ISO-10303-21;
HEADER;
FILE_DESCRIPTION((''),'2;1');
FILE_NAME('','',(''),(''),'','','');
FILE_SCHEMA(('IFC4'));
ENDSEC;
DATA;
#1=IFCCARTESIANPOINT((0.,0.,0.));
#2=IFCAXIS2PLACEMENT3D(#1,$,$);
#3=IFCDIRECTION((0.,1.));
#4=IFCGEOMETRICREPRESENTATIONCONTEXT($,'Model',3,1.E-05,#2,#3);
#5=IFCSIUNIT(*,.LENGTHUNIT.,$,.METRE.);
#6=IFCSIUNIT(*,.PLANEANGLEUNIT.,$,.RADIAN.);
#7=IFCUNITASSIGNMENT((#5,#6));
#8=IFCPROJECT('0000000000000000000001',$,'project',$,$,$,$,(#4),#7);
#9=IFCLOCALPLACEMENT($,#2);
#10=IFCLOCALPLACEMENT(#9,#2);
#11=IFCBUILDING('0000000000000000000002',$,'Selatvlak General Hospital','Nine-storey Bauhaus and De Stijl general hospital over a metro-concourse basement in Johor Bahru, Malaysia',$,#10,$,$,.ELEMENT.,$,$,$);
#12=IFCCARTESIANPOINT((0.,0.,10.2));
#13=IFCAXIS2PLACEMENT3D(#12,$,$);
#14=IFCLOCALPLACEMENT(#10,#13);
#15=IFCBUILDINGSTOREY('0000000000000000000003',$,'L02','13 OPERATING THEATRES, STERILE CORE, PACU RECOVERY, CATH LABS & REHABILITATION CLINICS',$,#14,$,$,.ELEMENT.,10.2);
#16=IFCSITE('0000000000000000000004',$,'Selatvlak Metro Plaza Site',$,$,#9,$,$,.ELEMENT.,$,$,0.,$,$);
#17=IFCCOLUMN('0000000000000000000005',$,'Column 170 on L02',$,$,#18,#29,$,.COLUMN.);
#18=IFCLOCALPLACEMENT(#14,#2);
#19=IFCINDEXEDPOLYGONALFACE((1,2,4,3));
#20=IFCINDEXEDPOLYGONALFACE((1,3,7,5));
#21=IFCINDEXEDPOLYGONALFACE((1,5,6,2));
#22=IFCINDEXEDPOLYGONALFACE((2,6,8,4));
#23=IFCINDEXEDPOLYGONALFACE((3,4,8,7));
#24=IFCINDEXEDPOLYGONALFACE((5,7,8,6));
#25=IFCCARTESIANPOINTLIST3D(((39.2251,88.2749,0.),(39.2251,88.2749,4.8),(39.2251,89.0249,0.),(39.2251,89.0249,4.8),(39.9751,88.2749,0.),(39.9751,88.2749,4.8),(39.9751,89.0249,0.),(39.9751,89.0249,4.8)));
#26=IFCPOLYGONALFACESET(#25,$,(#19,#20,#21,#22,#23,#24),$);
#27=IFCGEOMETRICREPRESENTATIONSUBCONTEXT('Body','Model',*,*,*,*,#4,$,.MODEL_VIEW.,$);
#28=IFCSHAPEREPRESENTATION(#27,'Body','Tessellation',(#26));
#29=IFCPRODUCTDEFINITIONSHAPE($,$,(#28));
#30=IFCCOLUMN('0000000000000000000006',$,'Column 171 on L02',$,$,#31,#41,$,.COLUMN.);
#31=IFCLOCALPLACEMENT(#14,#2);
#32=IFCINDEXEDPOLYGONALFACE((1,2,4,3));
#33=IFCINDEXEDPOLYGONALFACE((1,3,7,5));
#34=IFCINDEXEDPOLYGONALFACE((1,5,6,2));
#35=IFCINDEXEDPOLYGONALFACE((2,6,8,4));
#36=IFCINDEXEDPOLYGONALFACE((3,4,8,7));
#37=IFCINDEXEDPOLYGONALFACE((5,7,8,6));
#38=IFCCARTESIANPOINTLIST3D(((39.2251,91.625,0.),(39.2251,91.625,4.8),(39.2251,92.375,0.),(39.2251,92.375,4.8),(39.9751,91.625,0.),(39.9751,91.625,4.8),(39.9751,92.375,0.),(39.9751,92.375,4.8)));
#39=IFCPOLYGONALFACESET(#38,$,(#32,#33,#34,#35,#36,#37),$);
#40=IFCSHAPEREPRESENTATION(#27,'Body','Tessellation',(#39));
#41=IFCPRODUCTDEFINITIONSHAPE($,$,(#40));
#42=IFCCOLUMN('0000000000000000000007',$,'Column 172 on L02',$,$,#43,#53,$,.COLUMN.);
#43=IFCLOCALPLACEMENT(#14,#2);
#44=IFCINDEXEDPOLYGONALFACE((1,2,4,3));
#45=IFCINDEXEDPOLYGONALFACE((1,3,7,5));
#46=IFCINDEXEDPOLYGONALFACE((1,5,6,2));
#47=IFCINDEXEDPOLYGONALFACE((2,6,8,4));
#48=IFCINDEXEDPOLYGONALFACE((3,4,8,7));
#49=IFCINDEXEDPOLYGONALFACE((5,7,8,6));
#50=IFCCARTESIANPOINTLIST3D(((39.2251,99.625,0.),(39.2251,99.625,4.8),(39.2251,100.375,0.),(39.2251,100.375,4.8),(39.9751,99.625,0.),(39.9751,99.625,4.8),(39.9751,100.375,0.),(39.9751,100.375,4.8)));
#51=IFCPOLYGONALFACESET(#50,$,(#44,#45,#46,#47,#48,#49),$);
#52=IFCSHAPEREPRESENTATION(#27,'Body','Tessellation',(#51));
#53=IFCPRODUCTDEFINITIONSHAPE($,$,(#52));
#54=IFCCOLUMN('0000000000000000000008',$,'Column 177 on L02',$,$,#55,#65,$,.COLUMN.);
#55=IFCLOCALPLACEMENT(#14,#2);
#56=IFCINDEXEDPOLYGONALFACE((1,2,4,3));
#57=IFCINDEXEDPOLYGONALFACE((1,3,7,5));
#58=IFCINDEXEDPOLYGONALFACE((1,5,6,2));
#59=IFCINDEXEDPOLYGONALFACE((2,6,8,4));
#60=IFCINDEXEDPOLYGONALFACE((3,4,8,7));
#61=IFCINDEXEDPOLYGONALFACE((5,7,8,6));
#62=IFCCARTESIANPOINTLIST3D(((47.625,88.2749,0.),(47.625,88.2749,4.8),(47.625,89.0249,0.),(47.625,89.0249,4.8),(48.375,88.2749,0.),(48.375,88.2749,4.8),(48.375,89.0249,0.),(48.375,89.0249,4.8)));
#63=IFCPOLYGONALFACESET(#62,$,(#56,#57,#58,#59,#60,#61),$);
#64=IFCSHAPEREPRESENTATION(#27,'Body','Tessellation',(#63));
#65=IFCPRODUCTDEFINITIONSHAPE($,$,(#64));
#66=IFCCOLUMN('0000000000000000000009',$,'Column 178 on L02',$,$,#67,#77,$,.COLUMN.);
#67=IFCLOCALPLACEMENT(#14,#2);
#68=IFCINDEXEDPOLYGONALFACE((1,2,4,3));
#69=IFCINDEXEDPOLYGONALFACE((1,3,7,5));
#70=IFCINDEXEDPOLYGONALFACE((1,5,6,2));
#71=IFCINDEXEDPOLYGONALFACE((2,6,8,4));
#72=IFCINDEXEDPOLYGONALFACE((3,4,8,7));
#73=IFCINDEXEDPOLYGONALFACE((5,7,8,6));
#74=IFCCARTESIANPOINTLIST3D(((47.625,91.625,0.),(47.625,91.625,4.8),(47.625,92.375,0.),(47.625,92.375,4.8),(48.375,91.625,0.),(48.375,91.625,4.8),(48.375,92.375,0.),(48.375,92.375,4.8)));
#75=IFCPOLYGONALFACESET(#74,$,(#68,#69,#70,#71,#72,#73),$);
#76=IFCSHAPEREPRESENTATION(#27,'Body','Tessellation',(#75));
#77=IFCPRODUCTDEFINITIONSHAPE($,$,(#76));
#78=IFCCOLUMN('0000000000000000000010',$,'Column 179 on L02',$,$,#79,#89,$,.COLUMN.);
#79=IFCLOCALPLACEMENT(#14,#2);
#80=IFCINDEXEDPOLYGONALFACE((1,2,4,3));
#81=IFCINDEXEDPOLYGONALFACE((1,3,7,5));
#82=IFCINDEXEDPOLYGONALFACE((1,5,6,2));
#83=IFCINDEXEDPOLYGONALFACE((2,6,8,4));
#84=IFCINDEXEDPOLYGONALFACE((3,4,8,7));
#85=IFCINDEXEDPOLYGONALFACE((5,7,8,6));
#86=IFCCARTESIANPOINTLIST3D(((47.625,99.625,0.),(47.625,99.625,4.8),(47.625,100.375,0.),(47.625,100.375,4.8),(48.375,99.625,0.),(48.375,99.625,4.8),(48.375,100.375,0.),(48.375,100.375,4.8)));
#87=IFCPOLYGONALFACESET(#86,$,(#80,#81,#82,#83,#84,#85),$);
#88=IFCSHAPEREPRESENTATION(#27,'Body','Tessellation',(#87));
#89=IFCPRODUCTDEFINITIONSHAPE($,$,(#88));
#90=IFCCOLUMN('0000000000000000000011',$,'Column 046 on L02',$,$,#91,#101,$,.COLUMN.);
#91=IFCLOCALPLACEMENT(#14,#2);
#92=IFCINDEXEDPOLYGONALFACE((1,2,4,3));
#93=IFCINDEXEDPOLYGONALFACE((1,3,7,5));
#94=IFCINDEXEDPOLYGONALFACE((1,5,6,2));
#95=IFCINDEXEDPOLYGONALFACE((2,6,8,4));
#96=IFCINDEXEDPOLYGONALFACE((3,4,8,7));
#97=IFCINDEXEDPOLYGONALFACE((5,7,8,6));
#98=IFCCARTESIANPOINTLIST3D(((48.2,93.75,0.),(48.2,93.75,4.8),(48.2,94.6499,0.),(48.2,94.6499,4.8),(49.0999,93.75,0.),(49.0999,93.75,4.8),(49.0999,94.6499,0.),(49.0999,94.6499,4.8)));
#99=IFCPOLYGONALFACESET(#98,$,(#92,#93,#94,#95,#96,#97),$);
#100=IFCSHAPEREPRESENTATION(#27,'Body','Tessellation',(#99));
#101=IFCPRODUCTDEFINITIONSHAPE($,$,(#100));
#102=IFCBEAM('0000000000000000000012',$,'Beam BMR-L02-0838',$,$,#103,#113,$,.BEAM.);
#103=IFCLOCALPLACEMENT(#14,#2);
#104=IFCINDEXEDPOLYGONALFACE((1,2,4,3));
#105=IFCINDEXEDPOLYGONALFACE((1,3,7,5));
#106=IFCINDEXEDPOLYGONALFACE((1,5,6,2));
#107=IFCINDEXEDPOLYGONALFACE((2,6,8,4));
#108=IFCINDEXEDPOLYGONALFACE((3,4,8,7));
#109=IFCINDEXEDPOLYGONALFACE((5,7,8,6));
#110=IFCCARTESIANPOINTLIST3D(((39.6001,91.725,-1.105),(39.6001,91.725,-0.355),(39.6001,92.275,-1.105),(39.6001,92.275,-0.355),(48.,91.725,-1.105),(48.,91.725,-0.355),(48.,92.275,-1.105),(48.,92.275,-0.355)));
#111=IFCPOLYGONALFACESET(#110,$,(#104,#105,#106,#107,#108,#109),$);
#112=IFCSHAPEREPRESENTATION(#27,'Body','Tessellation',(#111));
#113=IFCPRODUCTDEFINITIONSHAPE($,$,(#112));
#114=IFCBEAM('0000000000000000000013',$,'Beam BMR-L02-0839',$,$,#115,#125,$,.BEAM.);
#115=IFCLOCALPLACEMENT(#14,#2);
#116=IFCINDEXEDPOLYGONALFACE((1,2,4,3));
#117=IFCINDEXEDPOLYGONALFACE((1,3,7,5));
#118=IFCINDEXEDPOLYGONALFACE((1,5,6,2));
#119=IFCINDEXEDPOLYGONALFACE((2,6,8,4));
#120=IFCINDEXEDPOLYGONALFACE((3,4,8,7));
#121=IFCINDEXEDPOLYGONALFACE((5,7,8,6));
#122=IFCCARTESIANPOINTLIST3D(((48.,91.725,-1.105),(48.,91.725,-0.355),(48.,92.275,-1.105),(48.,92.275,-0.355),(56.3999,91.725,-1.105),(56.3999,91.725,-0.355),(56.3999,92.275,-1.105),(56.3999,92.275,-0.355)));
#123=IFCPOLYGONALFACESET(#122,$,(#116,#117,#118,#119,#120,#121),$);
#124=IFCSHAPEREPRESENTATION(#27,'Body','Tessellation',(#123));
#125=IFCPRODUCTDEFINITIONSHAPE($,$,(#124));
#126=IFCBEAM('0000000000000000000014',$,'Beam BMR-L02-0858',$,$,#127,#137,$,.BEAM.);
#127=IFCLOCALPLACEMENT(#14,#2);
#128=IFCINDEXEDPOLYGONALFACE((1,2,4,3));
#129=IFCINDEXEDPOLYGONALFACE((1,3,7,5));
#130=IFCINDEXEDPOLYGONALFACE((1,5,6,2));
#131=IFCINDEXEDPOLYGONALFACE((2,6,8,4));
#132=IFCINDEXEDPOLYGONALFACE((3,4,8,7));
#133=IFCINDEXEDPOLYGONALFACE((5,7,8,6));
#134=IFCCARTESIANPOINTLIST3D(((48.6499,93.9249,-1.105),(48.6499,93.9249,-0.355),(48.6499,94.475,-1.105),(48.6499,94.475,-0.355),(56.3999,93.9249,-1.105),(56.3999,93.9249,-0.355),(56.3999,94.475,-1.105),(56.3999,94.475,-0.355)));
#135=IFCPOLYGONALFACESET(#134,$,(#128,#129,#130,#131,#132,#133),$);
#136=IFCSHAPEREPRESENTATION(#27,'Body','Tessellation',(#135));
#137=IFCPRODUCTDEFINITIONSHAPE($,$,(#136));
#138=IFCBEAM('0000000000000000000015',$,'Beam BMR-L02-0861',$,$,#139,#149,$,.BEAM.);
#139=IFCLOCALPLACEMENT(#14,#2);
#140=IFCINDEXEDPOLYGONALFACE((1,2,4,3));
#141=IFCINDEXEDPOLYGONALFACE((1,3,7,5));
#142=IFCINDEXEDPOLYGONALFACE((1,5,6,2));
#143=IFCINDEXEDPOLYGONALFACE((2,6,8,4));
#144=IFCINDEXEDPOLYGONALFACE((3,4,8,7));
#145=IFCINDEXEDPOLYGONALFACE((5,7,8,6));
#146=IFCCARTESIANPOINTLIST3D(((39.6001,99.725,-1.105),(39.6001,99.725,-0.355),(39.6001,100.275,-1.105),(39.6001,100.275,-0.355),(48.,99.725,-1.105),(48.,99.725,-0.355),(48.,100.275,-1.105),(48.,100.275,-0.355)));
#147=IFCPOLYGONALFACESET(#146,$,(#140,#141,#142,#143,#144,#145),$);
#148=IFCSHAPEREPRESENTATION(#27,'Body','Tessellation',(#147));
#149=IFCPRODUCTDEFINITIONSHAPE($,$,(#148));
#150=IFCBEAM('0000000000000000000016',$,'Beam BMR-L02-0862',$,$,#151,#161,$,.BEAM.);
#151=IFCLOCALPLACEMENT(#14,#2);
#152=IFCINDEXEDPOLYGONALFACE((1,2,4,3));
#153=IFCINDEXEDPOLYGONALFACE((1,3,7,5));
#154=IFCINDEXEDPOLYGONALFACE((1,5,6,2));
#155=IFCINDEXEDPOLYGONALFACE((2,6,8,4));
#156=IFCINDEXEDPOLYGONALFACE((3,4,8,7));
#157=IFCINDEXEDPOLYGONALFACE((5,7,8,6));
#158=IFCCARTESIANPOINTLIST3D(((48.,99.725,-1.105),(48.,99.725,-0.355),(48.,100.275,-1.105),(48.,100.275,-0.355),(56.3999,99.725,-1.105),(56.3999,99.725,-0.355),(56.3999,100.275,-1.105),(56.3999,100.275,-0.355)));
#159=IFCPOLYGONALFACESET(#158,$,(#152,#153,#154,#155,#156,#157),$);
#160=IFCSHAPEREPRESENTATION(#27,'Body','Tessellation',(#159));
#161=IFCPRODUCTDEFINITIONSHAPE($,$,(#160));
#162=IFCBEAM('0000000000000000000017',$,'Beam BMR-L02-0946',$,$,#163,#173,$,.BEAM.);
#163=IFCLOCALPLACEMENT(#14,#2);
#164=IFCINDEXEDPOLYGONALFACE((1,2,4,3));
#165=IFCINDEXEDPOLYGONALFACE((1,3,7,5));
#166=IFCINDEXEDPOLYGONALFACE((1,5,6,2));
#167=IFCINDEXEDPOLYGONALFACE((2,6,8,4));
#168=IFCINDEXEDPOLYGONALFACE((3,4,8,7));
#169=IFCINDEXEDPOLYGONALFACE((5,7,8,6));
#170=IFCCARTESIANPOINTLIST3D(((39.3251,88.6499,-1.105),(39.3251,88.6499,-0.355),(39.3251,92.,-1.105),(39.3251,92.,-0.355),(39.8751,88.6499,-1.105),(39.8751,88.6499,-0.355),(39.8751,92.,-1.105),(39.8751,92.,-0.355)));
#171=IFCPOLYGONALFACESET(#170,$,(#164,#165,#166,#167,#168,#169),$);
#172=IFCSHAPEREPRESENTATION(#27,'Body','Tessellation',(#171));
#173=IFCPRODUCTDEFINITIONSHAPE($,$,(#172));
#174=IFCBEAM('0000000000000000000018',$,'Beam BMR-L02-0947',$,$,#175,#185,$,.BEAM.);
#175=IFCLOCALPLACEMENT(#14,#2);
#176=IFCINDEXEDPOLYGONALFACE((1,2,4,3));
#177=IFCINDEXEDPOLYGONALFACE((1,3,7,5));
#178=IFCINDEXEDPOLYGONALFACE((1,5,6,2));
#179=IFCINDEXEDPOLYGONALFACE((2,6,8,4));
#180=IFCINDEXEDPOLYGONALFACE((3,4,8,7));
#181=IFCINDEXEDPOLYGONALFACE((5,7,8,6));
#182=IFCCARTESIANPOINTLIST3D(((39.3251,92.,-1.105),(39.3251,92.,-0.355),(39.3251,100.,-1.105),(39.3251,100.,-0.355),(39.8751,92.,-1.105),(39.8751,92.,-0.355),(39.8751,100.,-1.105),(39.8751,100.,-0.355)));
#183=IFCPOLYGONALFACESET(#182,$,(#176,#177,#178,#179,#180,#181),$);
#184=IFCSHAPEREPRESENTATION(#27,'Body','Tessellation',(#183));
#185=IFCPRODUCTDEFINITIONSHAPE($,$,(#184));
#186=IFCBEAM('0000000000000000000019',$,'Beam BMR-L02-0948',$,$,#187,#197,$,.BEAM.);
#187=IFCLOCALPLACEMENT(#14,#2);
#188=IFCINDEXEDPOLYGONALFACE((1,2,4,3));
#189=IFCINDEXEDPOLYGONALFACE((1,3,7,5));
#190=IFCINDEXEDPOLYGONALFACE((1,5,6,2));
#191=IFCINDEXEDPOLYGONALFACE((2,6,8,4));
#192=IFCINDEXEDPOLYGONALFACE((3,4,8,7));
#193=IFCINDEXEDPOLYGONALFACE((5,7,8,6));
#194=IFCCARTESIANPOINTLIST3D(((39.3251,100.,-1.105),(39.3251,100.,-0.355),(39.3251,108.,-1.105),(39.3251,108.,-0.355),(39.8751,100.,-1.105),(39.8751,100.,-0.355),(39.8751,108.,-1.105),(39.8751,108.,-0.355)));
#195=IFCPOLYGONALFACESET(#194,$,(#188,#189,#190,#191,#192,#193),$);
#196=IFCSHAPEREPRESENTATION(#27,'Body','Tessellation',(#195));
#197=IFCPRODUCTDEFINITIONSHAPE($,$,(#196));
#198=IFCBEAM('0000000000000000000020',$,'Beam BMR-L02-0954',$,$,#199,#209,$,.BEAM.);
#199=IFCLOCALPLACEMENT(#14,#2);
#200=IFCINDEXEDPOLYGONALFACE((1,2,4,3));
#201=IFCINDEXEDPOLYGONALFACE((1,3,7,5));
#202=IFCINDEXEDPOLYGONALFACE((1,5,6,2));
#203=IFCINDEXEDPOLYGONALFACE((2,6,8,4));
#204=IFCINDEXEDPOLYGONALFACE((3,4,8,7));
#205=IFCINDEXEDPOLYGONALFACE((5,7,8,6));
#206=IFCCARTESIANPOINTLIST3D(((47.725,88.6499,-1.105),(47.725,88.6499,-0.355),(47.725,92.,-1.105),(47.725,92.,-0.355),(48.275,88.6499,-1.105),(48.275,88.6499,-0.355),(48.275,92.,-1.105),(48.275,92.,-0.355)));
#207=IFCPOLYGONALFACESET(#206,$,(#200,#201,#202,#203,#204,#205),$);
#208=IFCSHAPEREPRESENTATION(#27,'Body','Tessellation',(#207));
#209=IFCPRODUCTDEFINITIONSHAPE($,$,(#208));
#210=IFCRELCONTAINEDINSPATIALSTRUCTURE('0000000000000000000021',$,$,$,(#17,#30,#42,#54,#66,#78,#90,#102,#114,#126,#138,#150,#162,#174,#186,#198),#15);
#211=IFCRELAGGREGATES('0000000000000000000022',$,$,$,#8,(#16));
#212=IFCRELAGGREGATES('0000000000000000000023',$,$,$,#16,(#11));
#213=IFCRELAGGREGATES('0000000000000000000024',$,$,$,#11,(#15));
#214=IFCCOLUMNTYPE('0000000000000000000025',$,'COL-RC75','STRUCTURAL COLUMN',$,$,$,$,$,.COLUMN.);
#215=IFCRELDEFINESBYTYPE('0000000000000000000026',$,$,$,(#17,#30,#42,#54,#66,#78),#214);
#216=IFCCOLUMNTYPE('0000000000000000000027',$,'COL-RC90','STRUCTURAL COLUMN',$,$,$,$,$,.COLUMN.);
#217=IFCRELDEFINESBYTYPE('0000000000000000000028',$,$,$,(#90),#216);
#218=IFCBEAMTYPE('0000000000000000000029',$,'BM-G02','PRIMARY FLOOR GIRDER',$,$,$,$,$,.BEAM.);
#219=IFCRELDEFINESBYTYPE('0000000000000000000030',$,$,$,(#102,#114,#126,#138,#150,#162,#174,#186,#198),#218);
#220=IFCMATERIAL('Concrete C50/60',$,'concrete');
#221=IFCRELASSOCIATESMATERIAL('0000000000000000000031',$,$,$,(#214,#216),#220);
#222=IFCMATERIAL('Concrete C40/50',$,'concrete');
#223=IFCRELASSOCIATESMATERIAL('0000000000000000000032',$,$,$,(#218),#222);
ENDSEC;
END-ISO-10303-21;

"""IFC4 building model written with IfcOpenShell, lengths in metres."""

from ifc_helpers import new_model, si_unit, direction, frame, origin, origin_2d, place, context, subcontext, project, spatial, rectangle, extrude, material, material_profile, profile_set, type_object, element, save


model = new_model("IFC4")

# Units and contexts
model_context = context("Model", 3, precision=1e-05, world=origin(), true_north=direction((0.0, 1.0)))
body_context = subcontext(model_context, "Body", "Model", "MODEL_VIEW")
ifc_project = project(units=[si_unit("LENGTHUNIT", "METRE"), si_unit("PLANEANGLEUNIT", "RADIAN")], contexts=[model_context])

# Site, building, storey
site_placement = place(None, origin())
site = spatial("IfcSite", under=ifc_project, at=site_placement, Name="Selatvlak Metro Plaza Site", CompositionType="ELEMENT", RefElevation=0.0)
building_placement = place(site_placement, origin())
building = spatial("IfcBuilding", under=site, at=building_placement, Name="Selatvlak General Hospital", Description="Nine-storey Bauhaus and De Stijl general hospital over a metro-concourse basement in Johor Bahru, Malaysia", CompositionType="ELEMENT")
storey_placement = place(building_placement, frame((0.0, 0.0, 10.2)))
storey = spatial("IfcBuildingStorey", under=building, at=storey_placement, Name="L02", Description="13 OPERATING THEATRES, STERILE CORE, PACU RECOVERY, CATH LABS & REHABILITATION CLINICS", CompositionType="ELEMENT", Elevation=10.2)

# Columns
ifc_material_1 = material(Name="Concrete C50/60", Category="concrete")
ifc_material_profile_1 = material_profile(ifc_material_1, rectangle(XDim=0.75, YDim=0.75, at=origin_2d()), Name="RC-COL 750x750")
ifc_profile_set_1 = profile_set([ifc_material_profile_1], Name="Concrete C50/60")
column_type_1 = type_object("IfcColumnType", Name="COL-RC75", Description="STRUCTURAL COLUMN", PredefinedType="COLUMN", material=ifc_profile_set_1)
for number, where, z_axis, x_axis, name in (
    (1, (39.6001, 88.6499, 0.0), (0.0, 0.0, 1.0), (1.0, 0.0, 0.0), "Column 170 on L02"),
    (2, (39.6001, 92.0, 0.0), (0.0, 0.0, 1.0), (1.0, 0.0, 0.0), "Column 171 on L02"),
    (3, (39.6001, 100.0, 0.0), (0.0, 0.0, 1.0), (1.0, 0.0, 0.0), "Column 172 on L02"),
    (4, (48.0, 88.6499, 0.0), (0.0, 0.0, 1.0), (1.0, 0.0, 0.0), "Column 177 on L02"),
    (5, (48.0, 92.0, 0.0), (0.0, 0.0, 1.0), (1.0, 0.0, 0.0), "Column 178 on L02"),
    (6, (48.0, 100.0, 0.0), (0.0, 0.0, 1.0), (1.0, 0.0, 0.0), "Column 179 on L02"),
):
    element("IfcColumn", number, at=place(storey_placement, frame(where, z_axis=z_axis, x_axis=x_axis)), inside=storey, type_object=column_type_1, Name=name, PredefinedType="COLUMN", context=body_context, shape_type="SweptSolid", body=[
        extrude(rectangle(XDim=0.75, YDim=0.75, at=origin_2d()), origin(), (0.0, 0.0, 1.0), 4.8),
    ])
ifc_material_profile_2 = material_profile(ifc_material_1, rectangle(XDim=0.8999, YDim=0.8999, at=origin_2d()), Name="RC-COL 900x900")
ifc_profile_set_2 = profile_set([ifc_material_profile_2], Name="Concrete C50/60")
column_type_2 = type_object("IfcColumnType", Name="COL-RC90", Description="STRUCTURAL COLUMN", PredefinedType="COLUMN", material=ifc_profile_set_2)
column_placement = place(storey_placement, frame((48.6499, 94.2, 0.0), z_axis=(0.0, 0.0, 1.0), x_axis=(1.0, 0.0, 0.0)))
element("IfcColumn", 7, at=column_placement, inside=storey, type_object=column_type_2, Name="Column 046 on L02", PredefinedType="COLUMN", context=body_context, shape_type="SweptSolid", body=[
    extrude(rectangle(XDim=0.8999, YDim=0.8999, at=origin_2d()), origin(), (0.0, 0.0, 1.0), 4.8),
])

# Beams
ifc_material_2 = material(Name="Concrete C40/50", Category="concrete")
ifc_material_profile_3 = material_profile(ifc_material_2, rectangle(XDim=0.55, YDim=0.75, at=origin_2d()), Name="RC-BM 550x750")
ifc_profile_set_3 = profile_set([ifc_material_profile_3], Name="Concrete C40/50")
beam_type_1 = type_object("IfcBeamType", Name="BM-G02", Description="PRIMARY FLOOR GIRDER", PredefinedType="BEAM", material=ifc_profile_set_3)
for number, where, z_axis, x_axis, name in (
    (8, (39.6001, 92.0, -0.73), (1.0, 0.0, 0.0), (0.0, 1.0, 0.0), "Beam BMR-L02-0838"),
    (9, (48.0, 92.0, -0.73), (1.0, 0.0, 0.0), (0.0, 1.0, 0.0), "Beam BMR-L02-0839"),
):
    element("IfcBeam", number, at=place(storey_placement, frame(where, z_axis=z_axis, x_axis=x_axis)), inside=storey, type_object=beam_type_1, Name=name, PredefinedType="BEAM", context=body_context, shape_type="SweptSolid", body=[
        extrude(rectangle(XDim=0.55, YDim=0.75, at=origin_2d()), origin(), (0.0, 0.0, 1.0), 8.3999),
    ])
beam_1_placement = place(storey_placement, frame((48.6499, 94.2, -0.73), z_axis=(1.0, 0.0, 0.0), x_axis=(0.0, 1.0, 0.0)))
element("IfcBeam", 10, at=beam_1_placement, inside=storey, type_object=beam_type_1, Name="Beam BMR-L02-0858", PredefinedType="BEAM", context=body_context, shape_type="SweptSolid", body=[
    extrude(rectangle(XDim=0.55, YDim=0.75, at=origin_2d()), origin(), (0.0, 0.0, 1.0), 7.75),
])
for number, where, z_axis, x_axis, name in (
    (11, (39.6001, 100.0, -0.73), (1.0, 0.0, 0.0), (0.0, 1.0, 0.0), "Beam BMR-L02-0861"),
    (12, (48.0, 100.0, -0.73), (1.0, 0.0, 0.0), (0.0, 1.0, 0.0), "Beam BMR-L02-0862"),
):
    element("IfcBeam", number, at=place(storey_placement, frame(where, z_axis=z_axis, x_axis=x_axis)), inside=storey, type_object=beam_type_1, Name=name, PredefinedType="BEAM", context=body_context, shape_type="SweptSolid", body=[
        extrude(rectangle(XDim=0.55, YDim=0.75, at=origin_2d()), origin(), (0.0, 0.0, 1.0), 8.3999),
    ])
beam_2_placement = place(storey_placement, frame((39.6001, 88.6499, -0.73), z_axis=(0.0, 1.0, 0.0), x_axis=(-1.0, 0.0, 0.0)))
element("IfcBeam", 13, at=beam_2_placement, inside=storey, type_object=beam_type_1, Name="Beam BMR-L02-0946", PredefinedType="BEAM", context=body_context, shape_type="SweptSolid", body=[
    extrude(rectangle(XDim=0.55, YDim=0.75, at=origin_2d()), origin(), (0.0, 0.0, 1.0), 3.3501),
])
for number, where, z_axis, x_axis, name in (
    (14, (39.6001, 92.0, -0.73), (0.0, 1.0, 0.0), (-1.0, 0.0, 0.0), "Beam BMR-L02-0947"),
    (15, (39.6001, 100.0, -0.73), (0.0, 1.0, 0.0), (-1.0, 0.0, 0.0), "Beam BMR-L02-0948"),
):
    element("IfcBeam", number, at=place(storey_placement, frame(where, z_axis=z_axis, x_axis=x_axis)), inside=storey, type_object=beam_type_1, Name=name, PredefinedType="BEAM", context=body_context, shape_type="SweptSolid", body=[
        extrude(rectangle(XDim=0.55, YDim=0.75, at=origin_2d()), origin(), (0.0, 0.0, 1.0), 8.0),
    ])
beam_3_placement = place(storey_placement, frame((48.0, 88.6499, -0.73), z_axis=(0.0, 1.0, 0.0), x_axis=(-1.0, 0.0, 0.0)))
element("IfcBeam", 16, at=beam_3_placement, inside=storey, type_object=beam_type_1, Name="Beam BMR-L02-0954", PredefinedType="BEAM", context=body_context, shape_type="SweptSolid", body=[
    extrude(rectangle(XDim=0.55, YDim=0.75, at=origin_2d()), origin(), (0.0, 0.0, 1.0), 3.3501),
])

save(model, "model.ifc")
